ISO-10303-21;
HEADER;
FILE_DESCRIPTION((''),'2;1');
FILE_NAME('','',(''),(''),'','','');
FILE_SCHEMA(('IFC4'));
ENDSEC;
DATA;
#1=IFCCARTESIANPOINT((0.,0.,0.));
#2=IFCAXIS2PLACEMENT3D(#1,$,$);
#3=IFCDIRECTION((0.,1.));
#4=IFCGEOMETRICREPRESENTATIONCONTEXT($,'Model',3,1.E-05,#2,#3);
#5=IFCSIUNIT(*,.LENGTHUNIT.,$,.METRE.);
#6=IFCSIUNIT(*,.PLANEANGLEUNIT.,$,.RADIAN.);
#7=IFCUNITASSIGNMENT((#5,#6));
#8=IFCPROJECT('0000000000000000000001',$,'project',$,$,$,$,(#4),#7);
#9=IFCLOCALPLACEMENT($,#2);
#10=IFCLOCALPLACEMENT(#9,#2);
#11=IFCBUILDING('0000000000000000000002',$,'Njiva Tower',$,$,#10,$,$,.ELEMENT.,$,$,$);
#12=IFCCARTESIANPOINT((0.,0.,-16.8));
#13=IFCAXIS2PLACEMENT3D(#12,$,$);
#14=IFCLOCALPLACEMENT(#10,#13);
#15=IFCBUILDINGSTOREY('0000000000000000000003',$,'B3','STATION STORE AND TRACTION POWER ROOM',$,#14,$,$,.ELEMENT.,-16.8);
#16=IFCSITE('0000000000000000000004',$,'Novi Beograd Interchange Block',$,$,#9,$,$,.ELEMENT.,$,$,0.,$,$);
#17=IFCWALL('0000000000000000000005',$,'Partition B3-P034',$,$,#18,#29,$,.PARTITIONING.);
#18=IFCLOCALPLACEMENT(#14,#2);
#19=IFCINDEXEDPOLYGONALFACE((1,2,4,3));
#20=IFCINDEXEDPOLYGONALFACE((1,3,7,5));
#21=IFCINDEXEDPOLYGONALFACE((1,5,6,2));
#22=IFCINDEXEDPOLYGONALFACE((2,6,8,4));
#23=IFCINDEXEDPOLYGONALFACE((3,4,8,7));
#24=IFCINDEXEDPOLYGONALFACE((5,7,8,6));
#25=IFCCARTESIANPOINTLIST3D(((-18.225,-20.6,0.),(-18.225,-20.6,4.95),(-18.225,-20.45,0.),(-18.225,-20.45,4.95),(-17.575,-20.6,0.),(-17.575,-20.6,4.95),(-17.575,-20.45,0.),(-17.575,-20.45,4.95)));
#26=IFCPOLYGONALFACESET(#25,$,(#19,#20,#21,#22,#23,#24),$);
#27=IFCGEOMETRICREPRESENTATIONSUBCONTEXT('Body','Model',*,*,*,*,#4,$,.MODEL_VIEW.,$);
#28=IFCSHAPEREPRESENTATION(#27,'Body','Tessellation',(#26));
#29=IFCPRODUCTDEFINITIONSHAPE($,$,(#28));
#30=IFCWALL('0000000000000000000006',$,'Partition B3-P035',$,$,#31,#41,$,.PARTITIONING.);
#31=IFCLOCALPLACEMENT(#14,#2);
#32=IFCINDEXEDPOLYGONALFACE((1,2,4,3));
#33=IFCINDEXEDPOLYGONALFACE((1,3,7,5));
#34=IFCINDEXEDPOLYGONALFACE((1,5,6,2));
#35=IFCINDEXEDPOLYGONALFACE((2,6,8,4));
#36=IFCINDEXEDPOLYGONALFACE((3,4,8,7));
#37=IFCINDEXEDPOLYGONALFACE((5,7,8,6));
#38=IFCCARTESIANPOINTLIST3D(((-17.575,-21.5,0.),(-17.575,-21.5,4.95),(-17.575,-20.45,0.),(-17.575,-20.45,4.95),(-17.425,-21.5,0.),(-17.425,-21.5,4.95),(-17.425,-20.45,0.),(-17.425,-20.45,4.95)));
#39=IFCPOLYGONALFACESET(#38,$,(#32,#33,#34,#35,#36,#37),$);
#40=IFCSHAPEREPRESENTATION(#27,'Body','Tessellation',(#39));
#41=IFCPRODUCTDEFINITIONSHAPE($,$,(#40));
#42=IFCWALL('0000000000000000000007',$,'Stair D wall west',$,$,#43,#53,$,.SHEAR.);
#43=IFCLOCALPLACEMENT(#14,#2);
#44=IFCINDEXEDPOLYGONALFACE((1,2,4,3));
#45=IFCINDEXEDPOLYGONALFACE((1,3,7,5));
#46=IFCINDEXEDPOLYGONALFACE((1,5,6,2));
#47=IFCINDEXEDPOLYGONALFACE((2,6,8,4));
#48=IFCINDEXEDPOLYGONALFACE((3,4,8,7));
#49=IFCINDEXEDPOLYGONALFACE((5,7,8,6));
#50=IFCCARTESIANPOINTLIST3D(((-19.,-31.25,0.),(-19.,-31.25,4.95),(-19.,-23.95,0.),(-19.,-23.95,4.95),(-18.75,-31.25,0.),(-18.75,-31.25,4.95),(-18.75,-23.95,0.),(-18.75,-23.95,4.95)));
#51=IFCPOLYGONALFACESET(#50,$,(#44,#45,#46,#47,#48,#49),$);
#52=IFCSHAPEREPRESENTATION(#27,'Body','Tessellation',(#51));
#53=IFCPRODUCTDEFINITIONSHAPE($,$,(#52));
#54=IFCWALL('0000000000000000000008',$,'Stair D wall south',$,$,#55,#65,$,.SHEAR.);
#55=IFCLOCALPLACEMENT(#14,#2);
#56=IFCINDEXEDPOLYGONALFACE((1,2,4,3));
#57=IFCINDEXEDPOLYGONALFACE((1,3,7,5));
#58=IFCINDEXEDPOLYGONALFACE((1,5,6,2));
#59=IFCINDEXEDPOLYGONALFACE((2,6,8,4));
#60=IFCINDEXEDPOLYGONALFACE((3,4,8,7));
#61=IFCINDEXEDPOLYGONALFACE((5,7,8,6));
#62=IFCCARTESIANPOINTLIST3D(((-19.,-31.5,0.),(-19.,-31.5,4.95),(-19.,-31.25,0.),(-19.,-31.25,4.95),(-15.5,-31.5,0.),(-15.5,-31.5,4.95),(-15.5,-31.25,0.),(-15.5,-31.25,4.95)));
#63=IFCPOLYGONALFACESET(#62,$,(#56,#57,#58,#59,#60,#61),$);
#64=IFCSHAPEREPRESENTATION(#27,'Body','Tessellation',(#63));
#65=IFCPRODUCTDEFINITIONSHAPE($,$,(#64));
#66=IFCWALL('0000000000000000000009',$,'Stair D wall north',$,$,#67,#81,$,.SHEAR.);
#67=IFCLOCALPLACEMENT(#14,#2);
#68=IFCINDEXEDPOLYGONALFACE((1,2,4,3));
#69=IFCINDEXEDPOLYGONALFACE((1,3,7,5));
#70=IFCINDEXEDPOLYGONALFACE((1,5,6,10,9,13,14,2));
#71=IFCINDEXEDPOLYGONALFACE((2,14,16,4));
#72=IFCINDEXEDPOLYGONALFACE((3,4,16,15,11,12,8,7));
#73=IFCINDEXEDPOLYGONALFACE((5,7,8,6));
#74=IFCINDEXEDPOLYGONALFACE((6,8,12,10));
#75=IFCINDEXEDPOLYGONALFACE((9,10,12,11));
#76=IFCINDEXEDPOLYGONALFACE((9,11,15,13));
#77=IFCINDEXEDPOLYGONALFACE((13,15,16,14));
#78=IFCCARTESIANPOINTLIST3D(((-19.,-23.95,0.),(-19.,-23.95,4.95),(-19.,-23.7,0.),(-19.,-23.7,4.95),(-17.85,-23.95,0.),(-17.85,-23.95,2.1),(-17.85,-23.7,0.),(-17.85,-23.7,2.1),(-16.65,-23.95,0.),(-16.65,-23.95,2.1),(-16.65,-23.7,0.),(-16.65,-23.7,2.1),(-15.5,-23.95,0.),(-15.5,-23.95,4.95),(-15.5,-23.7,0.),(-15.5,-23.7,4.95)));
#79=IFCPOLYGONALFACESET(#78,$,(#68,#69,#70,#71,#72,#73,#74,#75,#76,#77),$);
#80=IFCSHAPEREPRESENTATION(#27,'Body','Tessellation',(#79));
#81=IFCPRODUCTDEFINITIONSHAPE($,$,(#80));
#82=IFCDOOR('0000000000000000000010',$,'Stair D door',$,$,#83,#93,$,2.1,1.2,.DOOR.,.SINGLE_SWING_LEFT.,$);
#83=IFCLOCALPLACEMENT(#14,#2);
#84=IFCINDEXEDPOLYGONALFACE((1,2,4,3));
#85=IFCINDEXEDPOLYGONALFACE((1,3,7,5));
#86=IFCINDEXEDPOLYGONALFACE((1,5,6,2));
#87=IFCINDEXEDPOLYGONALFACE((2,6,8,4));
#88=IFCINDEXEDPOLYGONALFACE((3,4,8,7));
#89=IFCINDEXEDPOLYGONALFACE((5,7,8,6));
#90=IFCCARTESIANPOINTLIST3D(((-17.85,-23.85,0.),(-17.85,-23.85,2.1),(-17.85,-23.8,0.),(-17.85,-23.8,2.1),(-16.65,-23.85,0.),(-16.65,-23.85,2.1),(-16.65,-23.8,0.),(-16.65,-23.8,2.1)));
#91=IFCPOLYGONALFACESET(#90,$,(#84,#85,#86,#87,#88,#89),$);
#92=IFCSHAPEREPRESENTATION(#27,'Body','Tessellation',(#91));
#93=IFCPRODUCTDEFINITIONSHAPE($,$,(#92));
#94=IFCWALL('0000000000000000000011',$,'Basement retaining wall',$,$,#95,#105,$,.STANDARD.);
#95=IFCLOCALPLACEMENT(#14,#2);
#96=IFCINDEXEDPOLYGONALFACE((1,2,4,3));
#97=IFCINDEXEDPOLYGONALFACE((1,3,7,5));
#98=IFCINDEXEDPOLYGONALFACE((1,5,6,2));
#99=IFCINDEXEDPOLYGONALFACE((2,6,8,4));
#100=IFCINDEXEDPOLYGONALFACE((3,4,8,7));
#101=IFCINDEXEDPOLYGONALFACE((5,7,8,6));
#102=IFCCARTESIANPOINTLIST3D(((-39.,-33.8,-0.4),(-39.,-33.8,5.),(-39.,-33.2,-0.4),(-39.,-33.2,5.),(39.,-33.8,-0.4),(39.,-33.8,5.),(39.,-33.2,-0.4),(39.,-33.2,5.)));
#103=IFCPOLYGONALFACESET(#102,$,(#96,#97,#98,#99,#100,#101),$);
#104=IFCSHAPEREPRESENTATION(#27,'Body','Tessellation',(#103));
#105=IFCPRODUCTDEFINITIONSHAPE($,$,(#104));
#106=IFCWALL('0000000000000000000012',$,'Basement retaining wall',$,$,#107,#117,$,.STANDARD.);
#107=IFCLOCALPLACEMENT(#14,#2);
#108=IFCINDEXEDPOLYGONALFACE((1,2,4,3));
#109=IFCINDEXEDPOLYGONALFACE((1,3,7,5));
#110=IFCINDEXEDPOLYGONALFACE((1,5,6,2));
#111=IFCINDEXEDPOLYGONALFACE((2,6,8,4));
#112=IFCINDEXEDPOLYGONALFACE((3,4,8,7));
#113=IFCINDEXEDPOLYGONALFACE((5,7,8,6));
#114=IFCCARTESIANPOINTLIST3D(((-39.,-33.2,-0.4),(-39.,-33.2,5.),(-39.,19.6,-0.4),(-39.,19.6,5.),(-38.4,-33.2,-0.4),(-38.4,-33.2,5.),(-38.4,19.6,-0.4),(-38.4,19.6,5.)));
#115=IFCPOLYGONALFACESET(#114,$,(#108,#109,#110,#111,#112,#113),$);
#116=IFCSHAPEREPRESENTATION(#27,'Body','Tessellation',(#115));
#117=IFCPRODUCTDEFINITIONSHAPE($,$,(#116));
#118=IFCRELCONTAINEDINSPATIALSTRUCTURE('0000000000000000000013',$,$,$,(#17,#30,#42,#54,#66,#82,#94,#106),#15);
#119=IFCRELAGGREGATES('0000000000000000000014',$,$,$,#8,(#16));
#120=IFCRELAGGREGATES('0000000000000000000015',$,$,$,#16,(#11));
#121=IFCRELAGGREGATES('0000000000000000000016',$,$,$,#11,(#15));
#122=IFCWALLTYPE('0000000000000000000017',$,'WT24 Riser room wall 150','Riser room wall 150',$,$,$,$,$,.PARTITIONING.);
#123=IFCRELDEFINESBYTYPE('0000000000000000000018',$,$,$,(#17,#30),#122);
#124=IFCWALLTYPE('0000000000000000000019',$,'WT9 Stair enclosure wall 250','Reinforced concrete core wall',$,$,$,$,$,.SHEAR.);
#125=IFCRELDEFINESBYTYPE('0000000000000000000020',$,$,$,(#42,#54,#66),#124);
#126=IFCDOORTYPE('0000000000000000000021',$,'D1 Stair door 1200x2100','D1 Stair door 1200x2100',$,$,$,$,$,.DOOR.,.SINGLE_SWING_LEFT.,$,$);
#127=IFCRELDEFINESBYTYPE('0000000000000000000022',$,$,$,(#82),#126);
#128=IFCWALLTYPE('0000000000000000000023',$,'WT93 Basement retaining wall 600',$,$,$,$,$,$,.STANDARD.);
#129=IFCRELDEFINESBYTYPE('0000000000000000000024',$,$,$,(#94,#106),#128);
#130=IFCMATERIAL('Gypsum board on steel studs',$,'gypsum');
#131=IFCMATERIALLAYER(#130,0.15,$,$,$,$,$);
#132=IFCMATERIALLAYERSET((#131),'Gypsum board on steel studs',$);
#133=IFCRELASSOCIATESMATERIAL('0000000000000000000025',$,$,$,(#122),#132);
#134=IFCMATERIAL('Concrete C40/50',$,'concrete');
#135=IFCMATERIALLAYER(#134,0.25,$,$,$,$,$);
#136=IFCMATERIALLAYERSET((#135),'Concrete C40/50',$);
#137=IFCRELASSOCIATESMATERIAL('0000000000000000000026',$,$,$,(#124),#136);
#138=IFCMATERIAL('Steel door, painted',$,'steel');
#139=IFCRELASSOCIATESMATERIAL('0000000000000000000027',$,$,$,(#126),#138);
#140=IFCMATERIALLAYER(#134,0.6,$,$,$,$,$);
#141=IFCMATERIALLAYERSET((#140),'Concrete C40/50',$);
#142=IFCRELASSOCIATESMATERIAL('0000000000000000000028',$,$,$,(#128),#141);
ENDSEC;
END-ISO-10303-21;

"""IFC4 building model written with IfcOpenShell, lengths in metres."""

from ifc_helpers import new_model, si_unit, direction, frame, frame_2d, origin, place, context, subcontext, project, spatial, rectangle, extrude, material, layer, layer_set, type_object, element, fill, save


model = new_model("IFC4")

# Units and contexts
model_context = context("Model", 3, precision=1e-05, world=origin(), true_north=direction((0.0, 1.0)))
body_context = subcontext(model_context, "Body", "Model", "MODEL_VIEW")
ifc_project = project(units=[si_unit("LENGTHUNIT", "METRE"), si_unit("PLANEANGLEUNIT", "RADIAN")], contexts=[model_context])

# Site, building, storey
site_placement = place(None, origin())
site = spatial("IfcSite", under=ifc_project, at=site_placement, Name="Novi Beograd Interchange Block", CompositionType="ELEMENT", RefElevation=0.0)
building_placement = place(site_placement, origin())
building = spatial("IfcBuilding", under=site, at=building_placement, Name="Njiva Tower", CompositionType="ELEMENT")
storey_placement = place(building_placement, frame((0.0, 0.0, -16.8)))
storey = spatial("IfcBuildingStorey", under=building, at=storey_placement, Name="B3", Description="STATION STORE AND TRACTION POWER ROOM", CompositionType="ELEMENT", Elevation=-16.8)

# Shared definitions
ifc_material_1 = material(Name="Gypsum board on steel studs", Category="gypsum")

# Walls
ifc_layer_1 = layer(ifc_material_1, 0.15)
ifc_layer_set_1 = layer_set([ifc_layer_1], Name="Gypsum board on steel studs")
wall_type_1 = type_object("IfcWallType", Name="WT24 Riser room wall 150", Description="Riser room wall 150", PredefinedType="PARTITIONING", material=ifc_layer_set_1)
for number, where, z_axis, x_axis, name in (
    (1, (-18.225, -20.525, 0.0), (0.0, 0.0, 1.0), (1.0, 0.0, 0.0), "Partition B3-P034"),
):
    element("IfcWall", number, at=place(storey_placement, frame(where, z_axis=z_axis, x_axis=x_axis)), inside=storey, type_object=wall_type_1, Name=name, PredefinedType="PARTITIONING", context=body_context, shape_type="SweptSolid", body=[
        extrude(rectangle(XDim=0.65, YDim=0.15, at=frame_2d((0.325, 0.0))), origin(), (0.0, 0.0, 1.0), 4.95),
    ])
wall_1_placement = place(storey_placement, frame((-17.5, -21.5, 0.0), z_axis=(0.0, 0.0, 1.0), x_axis=(0.0, 1.0, 0.0)))
element("IfcWall", 2, at=wall_1_placement, inside=storey, type_object=wall_type_1, Name="Partition B3-P035", PredefinedType="PARTITIONING", context=body_context, shape_type="SweptSolid", body=[
    extrude(rectangle(XDim=1.05, YDim=0.15, at=frame_2d((0.525, 0.0))), origin(), (0.0, 0.0, 1.0), 4.95),
])
ifc_material_2 = material(Name="Concrete C40/50", Category="concrete")
ifc_layer_2 = layer(ifc_material_2, 0.25)
ifc_layer_set_2 = layer_set([ifc_layer_2], Name="Concrete C40/50")
wall_type_2 = type_object("IfcWallType", Name="WT9 Stair enclosure wall 250", Description="Reinforced concrete core wall", PredefinedType="SHEAR", material=ifc_layer_set_2)
wall_2_placement = place(storey_placement, frame((-18.875, -31.25, 0.0), z_axis=(0.0, 0.0, 1.0), x_axis=(0.0, 1.0, 0.0)))
element("IfcWall", 3, at=wall_2_placement, inside=storey, type_object=wall_type_2, Name="Stair D wall west", PredefinedType="SHEAR", context=body_context, shape_type="SweptSolid", body=[
    extrude(rectangle(XDim=7.3, YDim=0.25, at=frame_2d((3.65, 0.0))), origin(), (0.0, 0.0, 1.0), 4.95),
])
wall_3_placement = place(storey_placement, frame((-19.0, -31.375, 0.0), z_axis=(0.0, 0.0, 1.0), x_axis=(1.0, 0.0, 0.0)))
element("IfcWall", 4, at=wall_3_placement, inside=storey, type_object=wall_type_2, Name="Stair D wall south", PredefinedType="SHEAR", context=body_context, shape_type="SweptSolid", body=[
    extrude(rectangle(XDim=3.5, YDim=0.25, at=frame_2d((1.75, 0.0))), origin(), (0.0, 0.0, 1.0), 4.95),
])

# Wall, opening, door
wall_4_placement = place(storey_placement, frame((-19.0, -23.825, 0.0), z_axis=(0.0, 0.0, 1.0), x_axis=(1.0, 0.0, 0.0)))
wall_4 = element("IfcWall", 5, at=wall_4_placement, inside=storey, type_object=wall_type_2, Name="Stair D wall north", PredefinedType="SHEAR", context=body_context, shape_type="SweptSolid", body=[
    extrude(rectangle(XDim=3.5, YDim=0.25, at=frame_2d((1.75, 0.0))), origin(), (0.0, 0.0, 1.0), 4.95),
])
opening_1_placement = place(wall_4_placement, frame((1.15, 0.0, 0.0)))
opening_1 = element("IfcOpeningElement", 6, at=opening_1_placement, cuts=wall_4, PredefinedType="OPENING", context=body_context, shape_type="SweptSolid", body=[
    extrude(rectangle(XDim=1.2, YDim=2.1, at=frame_2d((0.6, 1.05))), frame((0.0, 0.135, 0.0), z_axis=(0.0, -1.0, 0.0), x_axis=(1.0, 0.0, 0.0)), (0.0, 0.0, 1.0), 0.27),
])
ifc_material_3 = material(Name="Steel door, painted", Category="steel")
door_type_1 = type_object("IfcDoorType", Name="D1 Stair door 1200x2100", Description="D1 Stair door 1200x2100", OperationType="SINGLE_SWING_LEFT", PredefinedType="DOOR", material=ifc_material_3)
door_1_placement = place(opening_1_placement, origin())
door_1 = element("IfcDoor", 7, at=door_1_placement, inside=storey, type_object=door_type_1, Name="Stair D door", OperationType="SINGLE_SWING_LEFT", OverallHeight=2.1, OverallWidth=1.2, PredefinedType="DOOR", context=body_context, shape_type="SweptSolid", body=[
    extrude(rectangle(XDim=1.2, YDim=2.1, at=frame_2d((0.6, 1.05))), frame((0.0, 0.025, 0.0), z_axis=(0.0, -1.0, 0.0), x_axis=(1.0, 0.0, 0.0)), (0.0, 0.0, 1.0), 0.05),
])
fill(opening_1, door_1)

# Walls
ifc_layer_3 = layer(ifc_material_2, 0.6)
ifc_layer_set_3 = layer_set([ifc_layer_3], Name="Concrete C40/50")
wall_type_3 = type_object("IfcWallType", Name="WT93 Basement retaining wall 600", PredefinedType="STANDARD", material=ifc_layer_set_3)
wall_5_placement = place(storey_placement, frame((-39.0, -33.5, -0.4), z_axis=(0.0, 0.0, 1.0), x_axis=(1.0, 0.0, 0.0)))
element("IfcWall", 8, at=wall_5_placement, inside=storey, type_object=wall_type_3, Name="Basement retaining wall", PredefinedType="STANDARD", context=body_context, shape_type="SweptSolid", body=[
    extrude(rectangle(XDim=78.0, YDim=0.6, at=frame_2d((39.0, 0.0))), origin(), (0.0, 0.0, 1.0), 5.4),
])
wall_6_placement = place(storey_placement, frame((-38.7, -33.2, -0.4), z_axis=(0.0, 0.0, 1.0), x_axis=(0.0, 1.0, 0.0)))
element("IfcWall", 9, at=wall_6_placement, inside=storey, type_object=wall_type_3, Name="Basement retaining wall", PredefinedType="STANDARD", context=body_context, shape_type="SweptSolid", body=[
    extrude(rectangle(XDim=52.8, YDim=0.6, at=frame_2d((26.4, 0.0))), origin(), (0.0, 0.0, 1.0), 5.4),
])

save(model, "model.ifc")
